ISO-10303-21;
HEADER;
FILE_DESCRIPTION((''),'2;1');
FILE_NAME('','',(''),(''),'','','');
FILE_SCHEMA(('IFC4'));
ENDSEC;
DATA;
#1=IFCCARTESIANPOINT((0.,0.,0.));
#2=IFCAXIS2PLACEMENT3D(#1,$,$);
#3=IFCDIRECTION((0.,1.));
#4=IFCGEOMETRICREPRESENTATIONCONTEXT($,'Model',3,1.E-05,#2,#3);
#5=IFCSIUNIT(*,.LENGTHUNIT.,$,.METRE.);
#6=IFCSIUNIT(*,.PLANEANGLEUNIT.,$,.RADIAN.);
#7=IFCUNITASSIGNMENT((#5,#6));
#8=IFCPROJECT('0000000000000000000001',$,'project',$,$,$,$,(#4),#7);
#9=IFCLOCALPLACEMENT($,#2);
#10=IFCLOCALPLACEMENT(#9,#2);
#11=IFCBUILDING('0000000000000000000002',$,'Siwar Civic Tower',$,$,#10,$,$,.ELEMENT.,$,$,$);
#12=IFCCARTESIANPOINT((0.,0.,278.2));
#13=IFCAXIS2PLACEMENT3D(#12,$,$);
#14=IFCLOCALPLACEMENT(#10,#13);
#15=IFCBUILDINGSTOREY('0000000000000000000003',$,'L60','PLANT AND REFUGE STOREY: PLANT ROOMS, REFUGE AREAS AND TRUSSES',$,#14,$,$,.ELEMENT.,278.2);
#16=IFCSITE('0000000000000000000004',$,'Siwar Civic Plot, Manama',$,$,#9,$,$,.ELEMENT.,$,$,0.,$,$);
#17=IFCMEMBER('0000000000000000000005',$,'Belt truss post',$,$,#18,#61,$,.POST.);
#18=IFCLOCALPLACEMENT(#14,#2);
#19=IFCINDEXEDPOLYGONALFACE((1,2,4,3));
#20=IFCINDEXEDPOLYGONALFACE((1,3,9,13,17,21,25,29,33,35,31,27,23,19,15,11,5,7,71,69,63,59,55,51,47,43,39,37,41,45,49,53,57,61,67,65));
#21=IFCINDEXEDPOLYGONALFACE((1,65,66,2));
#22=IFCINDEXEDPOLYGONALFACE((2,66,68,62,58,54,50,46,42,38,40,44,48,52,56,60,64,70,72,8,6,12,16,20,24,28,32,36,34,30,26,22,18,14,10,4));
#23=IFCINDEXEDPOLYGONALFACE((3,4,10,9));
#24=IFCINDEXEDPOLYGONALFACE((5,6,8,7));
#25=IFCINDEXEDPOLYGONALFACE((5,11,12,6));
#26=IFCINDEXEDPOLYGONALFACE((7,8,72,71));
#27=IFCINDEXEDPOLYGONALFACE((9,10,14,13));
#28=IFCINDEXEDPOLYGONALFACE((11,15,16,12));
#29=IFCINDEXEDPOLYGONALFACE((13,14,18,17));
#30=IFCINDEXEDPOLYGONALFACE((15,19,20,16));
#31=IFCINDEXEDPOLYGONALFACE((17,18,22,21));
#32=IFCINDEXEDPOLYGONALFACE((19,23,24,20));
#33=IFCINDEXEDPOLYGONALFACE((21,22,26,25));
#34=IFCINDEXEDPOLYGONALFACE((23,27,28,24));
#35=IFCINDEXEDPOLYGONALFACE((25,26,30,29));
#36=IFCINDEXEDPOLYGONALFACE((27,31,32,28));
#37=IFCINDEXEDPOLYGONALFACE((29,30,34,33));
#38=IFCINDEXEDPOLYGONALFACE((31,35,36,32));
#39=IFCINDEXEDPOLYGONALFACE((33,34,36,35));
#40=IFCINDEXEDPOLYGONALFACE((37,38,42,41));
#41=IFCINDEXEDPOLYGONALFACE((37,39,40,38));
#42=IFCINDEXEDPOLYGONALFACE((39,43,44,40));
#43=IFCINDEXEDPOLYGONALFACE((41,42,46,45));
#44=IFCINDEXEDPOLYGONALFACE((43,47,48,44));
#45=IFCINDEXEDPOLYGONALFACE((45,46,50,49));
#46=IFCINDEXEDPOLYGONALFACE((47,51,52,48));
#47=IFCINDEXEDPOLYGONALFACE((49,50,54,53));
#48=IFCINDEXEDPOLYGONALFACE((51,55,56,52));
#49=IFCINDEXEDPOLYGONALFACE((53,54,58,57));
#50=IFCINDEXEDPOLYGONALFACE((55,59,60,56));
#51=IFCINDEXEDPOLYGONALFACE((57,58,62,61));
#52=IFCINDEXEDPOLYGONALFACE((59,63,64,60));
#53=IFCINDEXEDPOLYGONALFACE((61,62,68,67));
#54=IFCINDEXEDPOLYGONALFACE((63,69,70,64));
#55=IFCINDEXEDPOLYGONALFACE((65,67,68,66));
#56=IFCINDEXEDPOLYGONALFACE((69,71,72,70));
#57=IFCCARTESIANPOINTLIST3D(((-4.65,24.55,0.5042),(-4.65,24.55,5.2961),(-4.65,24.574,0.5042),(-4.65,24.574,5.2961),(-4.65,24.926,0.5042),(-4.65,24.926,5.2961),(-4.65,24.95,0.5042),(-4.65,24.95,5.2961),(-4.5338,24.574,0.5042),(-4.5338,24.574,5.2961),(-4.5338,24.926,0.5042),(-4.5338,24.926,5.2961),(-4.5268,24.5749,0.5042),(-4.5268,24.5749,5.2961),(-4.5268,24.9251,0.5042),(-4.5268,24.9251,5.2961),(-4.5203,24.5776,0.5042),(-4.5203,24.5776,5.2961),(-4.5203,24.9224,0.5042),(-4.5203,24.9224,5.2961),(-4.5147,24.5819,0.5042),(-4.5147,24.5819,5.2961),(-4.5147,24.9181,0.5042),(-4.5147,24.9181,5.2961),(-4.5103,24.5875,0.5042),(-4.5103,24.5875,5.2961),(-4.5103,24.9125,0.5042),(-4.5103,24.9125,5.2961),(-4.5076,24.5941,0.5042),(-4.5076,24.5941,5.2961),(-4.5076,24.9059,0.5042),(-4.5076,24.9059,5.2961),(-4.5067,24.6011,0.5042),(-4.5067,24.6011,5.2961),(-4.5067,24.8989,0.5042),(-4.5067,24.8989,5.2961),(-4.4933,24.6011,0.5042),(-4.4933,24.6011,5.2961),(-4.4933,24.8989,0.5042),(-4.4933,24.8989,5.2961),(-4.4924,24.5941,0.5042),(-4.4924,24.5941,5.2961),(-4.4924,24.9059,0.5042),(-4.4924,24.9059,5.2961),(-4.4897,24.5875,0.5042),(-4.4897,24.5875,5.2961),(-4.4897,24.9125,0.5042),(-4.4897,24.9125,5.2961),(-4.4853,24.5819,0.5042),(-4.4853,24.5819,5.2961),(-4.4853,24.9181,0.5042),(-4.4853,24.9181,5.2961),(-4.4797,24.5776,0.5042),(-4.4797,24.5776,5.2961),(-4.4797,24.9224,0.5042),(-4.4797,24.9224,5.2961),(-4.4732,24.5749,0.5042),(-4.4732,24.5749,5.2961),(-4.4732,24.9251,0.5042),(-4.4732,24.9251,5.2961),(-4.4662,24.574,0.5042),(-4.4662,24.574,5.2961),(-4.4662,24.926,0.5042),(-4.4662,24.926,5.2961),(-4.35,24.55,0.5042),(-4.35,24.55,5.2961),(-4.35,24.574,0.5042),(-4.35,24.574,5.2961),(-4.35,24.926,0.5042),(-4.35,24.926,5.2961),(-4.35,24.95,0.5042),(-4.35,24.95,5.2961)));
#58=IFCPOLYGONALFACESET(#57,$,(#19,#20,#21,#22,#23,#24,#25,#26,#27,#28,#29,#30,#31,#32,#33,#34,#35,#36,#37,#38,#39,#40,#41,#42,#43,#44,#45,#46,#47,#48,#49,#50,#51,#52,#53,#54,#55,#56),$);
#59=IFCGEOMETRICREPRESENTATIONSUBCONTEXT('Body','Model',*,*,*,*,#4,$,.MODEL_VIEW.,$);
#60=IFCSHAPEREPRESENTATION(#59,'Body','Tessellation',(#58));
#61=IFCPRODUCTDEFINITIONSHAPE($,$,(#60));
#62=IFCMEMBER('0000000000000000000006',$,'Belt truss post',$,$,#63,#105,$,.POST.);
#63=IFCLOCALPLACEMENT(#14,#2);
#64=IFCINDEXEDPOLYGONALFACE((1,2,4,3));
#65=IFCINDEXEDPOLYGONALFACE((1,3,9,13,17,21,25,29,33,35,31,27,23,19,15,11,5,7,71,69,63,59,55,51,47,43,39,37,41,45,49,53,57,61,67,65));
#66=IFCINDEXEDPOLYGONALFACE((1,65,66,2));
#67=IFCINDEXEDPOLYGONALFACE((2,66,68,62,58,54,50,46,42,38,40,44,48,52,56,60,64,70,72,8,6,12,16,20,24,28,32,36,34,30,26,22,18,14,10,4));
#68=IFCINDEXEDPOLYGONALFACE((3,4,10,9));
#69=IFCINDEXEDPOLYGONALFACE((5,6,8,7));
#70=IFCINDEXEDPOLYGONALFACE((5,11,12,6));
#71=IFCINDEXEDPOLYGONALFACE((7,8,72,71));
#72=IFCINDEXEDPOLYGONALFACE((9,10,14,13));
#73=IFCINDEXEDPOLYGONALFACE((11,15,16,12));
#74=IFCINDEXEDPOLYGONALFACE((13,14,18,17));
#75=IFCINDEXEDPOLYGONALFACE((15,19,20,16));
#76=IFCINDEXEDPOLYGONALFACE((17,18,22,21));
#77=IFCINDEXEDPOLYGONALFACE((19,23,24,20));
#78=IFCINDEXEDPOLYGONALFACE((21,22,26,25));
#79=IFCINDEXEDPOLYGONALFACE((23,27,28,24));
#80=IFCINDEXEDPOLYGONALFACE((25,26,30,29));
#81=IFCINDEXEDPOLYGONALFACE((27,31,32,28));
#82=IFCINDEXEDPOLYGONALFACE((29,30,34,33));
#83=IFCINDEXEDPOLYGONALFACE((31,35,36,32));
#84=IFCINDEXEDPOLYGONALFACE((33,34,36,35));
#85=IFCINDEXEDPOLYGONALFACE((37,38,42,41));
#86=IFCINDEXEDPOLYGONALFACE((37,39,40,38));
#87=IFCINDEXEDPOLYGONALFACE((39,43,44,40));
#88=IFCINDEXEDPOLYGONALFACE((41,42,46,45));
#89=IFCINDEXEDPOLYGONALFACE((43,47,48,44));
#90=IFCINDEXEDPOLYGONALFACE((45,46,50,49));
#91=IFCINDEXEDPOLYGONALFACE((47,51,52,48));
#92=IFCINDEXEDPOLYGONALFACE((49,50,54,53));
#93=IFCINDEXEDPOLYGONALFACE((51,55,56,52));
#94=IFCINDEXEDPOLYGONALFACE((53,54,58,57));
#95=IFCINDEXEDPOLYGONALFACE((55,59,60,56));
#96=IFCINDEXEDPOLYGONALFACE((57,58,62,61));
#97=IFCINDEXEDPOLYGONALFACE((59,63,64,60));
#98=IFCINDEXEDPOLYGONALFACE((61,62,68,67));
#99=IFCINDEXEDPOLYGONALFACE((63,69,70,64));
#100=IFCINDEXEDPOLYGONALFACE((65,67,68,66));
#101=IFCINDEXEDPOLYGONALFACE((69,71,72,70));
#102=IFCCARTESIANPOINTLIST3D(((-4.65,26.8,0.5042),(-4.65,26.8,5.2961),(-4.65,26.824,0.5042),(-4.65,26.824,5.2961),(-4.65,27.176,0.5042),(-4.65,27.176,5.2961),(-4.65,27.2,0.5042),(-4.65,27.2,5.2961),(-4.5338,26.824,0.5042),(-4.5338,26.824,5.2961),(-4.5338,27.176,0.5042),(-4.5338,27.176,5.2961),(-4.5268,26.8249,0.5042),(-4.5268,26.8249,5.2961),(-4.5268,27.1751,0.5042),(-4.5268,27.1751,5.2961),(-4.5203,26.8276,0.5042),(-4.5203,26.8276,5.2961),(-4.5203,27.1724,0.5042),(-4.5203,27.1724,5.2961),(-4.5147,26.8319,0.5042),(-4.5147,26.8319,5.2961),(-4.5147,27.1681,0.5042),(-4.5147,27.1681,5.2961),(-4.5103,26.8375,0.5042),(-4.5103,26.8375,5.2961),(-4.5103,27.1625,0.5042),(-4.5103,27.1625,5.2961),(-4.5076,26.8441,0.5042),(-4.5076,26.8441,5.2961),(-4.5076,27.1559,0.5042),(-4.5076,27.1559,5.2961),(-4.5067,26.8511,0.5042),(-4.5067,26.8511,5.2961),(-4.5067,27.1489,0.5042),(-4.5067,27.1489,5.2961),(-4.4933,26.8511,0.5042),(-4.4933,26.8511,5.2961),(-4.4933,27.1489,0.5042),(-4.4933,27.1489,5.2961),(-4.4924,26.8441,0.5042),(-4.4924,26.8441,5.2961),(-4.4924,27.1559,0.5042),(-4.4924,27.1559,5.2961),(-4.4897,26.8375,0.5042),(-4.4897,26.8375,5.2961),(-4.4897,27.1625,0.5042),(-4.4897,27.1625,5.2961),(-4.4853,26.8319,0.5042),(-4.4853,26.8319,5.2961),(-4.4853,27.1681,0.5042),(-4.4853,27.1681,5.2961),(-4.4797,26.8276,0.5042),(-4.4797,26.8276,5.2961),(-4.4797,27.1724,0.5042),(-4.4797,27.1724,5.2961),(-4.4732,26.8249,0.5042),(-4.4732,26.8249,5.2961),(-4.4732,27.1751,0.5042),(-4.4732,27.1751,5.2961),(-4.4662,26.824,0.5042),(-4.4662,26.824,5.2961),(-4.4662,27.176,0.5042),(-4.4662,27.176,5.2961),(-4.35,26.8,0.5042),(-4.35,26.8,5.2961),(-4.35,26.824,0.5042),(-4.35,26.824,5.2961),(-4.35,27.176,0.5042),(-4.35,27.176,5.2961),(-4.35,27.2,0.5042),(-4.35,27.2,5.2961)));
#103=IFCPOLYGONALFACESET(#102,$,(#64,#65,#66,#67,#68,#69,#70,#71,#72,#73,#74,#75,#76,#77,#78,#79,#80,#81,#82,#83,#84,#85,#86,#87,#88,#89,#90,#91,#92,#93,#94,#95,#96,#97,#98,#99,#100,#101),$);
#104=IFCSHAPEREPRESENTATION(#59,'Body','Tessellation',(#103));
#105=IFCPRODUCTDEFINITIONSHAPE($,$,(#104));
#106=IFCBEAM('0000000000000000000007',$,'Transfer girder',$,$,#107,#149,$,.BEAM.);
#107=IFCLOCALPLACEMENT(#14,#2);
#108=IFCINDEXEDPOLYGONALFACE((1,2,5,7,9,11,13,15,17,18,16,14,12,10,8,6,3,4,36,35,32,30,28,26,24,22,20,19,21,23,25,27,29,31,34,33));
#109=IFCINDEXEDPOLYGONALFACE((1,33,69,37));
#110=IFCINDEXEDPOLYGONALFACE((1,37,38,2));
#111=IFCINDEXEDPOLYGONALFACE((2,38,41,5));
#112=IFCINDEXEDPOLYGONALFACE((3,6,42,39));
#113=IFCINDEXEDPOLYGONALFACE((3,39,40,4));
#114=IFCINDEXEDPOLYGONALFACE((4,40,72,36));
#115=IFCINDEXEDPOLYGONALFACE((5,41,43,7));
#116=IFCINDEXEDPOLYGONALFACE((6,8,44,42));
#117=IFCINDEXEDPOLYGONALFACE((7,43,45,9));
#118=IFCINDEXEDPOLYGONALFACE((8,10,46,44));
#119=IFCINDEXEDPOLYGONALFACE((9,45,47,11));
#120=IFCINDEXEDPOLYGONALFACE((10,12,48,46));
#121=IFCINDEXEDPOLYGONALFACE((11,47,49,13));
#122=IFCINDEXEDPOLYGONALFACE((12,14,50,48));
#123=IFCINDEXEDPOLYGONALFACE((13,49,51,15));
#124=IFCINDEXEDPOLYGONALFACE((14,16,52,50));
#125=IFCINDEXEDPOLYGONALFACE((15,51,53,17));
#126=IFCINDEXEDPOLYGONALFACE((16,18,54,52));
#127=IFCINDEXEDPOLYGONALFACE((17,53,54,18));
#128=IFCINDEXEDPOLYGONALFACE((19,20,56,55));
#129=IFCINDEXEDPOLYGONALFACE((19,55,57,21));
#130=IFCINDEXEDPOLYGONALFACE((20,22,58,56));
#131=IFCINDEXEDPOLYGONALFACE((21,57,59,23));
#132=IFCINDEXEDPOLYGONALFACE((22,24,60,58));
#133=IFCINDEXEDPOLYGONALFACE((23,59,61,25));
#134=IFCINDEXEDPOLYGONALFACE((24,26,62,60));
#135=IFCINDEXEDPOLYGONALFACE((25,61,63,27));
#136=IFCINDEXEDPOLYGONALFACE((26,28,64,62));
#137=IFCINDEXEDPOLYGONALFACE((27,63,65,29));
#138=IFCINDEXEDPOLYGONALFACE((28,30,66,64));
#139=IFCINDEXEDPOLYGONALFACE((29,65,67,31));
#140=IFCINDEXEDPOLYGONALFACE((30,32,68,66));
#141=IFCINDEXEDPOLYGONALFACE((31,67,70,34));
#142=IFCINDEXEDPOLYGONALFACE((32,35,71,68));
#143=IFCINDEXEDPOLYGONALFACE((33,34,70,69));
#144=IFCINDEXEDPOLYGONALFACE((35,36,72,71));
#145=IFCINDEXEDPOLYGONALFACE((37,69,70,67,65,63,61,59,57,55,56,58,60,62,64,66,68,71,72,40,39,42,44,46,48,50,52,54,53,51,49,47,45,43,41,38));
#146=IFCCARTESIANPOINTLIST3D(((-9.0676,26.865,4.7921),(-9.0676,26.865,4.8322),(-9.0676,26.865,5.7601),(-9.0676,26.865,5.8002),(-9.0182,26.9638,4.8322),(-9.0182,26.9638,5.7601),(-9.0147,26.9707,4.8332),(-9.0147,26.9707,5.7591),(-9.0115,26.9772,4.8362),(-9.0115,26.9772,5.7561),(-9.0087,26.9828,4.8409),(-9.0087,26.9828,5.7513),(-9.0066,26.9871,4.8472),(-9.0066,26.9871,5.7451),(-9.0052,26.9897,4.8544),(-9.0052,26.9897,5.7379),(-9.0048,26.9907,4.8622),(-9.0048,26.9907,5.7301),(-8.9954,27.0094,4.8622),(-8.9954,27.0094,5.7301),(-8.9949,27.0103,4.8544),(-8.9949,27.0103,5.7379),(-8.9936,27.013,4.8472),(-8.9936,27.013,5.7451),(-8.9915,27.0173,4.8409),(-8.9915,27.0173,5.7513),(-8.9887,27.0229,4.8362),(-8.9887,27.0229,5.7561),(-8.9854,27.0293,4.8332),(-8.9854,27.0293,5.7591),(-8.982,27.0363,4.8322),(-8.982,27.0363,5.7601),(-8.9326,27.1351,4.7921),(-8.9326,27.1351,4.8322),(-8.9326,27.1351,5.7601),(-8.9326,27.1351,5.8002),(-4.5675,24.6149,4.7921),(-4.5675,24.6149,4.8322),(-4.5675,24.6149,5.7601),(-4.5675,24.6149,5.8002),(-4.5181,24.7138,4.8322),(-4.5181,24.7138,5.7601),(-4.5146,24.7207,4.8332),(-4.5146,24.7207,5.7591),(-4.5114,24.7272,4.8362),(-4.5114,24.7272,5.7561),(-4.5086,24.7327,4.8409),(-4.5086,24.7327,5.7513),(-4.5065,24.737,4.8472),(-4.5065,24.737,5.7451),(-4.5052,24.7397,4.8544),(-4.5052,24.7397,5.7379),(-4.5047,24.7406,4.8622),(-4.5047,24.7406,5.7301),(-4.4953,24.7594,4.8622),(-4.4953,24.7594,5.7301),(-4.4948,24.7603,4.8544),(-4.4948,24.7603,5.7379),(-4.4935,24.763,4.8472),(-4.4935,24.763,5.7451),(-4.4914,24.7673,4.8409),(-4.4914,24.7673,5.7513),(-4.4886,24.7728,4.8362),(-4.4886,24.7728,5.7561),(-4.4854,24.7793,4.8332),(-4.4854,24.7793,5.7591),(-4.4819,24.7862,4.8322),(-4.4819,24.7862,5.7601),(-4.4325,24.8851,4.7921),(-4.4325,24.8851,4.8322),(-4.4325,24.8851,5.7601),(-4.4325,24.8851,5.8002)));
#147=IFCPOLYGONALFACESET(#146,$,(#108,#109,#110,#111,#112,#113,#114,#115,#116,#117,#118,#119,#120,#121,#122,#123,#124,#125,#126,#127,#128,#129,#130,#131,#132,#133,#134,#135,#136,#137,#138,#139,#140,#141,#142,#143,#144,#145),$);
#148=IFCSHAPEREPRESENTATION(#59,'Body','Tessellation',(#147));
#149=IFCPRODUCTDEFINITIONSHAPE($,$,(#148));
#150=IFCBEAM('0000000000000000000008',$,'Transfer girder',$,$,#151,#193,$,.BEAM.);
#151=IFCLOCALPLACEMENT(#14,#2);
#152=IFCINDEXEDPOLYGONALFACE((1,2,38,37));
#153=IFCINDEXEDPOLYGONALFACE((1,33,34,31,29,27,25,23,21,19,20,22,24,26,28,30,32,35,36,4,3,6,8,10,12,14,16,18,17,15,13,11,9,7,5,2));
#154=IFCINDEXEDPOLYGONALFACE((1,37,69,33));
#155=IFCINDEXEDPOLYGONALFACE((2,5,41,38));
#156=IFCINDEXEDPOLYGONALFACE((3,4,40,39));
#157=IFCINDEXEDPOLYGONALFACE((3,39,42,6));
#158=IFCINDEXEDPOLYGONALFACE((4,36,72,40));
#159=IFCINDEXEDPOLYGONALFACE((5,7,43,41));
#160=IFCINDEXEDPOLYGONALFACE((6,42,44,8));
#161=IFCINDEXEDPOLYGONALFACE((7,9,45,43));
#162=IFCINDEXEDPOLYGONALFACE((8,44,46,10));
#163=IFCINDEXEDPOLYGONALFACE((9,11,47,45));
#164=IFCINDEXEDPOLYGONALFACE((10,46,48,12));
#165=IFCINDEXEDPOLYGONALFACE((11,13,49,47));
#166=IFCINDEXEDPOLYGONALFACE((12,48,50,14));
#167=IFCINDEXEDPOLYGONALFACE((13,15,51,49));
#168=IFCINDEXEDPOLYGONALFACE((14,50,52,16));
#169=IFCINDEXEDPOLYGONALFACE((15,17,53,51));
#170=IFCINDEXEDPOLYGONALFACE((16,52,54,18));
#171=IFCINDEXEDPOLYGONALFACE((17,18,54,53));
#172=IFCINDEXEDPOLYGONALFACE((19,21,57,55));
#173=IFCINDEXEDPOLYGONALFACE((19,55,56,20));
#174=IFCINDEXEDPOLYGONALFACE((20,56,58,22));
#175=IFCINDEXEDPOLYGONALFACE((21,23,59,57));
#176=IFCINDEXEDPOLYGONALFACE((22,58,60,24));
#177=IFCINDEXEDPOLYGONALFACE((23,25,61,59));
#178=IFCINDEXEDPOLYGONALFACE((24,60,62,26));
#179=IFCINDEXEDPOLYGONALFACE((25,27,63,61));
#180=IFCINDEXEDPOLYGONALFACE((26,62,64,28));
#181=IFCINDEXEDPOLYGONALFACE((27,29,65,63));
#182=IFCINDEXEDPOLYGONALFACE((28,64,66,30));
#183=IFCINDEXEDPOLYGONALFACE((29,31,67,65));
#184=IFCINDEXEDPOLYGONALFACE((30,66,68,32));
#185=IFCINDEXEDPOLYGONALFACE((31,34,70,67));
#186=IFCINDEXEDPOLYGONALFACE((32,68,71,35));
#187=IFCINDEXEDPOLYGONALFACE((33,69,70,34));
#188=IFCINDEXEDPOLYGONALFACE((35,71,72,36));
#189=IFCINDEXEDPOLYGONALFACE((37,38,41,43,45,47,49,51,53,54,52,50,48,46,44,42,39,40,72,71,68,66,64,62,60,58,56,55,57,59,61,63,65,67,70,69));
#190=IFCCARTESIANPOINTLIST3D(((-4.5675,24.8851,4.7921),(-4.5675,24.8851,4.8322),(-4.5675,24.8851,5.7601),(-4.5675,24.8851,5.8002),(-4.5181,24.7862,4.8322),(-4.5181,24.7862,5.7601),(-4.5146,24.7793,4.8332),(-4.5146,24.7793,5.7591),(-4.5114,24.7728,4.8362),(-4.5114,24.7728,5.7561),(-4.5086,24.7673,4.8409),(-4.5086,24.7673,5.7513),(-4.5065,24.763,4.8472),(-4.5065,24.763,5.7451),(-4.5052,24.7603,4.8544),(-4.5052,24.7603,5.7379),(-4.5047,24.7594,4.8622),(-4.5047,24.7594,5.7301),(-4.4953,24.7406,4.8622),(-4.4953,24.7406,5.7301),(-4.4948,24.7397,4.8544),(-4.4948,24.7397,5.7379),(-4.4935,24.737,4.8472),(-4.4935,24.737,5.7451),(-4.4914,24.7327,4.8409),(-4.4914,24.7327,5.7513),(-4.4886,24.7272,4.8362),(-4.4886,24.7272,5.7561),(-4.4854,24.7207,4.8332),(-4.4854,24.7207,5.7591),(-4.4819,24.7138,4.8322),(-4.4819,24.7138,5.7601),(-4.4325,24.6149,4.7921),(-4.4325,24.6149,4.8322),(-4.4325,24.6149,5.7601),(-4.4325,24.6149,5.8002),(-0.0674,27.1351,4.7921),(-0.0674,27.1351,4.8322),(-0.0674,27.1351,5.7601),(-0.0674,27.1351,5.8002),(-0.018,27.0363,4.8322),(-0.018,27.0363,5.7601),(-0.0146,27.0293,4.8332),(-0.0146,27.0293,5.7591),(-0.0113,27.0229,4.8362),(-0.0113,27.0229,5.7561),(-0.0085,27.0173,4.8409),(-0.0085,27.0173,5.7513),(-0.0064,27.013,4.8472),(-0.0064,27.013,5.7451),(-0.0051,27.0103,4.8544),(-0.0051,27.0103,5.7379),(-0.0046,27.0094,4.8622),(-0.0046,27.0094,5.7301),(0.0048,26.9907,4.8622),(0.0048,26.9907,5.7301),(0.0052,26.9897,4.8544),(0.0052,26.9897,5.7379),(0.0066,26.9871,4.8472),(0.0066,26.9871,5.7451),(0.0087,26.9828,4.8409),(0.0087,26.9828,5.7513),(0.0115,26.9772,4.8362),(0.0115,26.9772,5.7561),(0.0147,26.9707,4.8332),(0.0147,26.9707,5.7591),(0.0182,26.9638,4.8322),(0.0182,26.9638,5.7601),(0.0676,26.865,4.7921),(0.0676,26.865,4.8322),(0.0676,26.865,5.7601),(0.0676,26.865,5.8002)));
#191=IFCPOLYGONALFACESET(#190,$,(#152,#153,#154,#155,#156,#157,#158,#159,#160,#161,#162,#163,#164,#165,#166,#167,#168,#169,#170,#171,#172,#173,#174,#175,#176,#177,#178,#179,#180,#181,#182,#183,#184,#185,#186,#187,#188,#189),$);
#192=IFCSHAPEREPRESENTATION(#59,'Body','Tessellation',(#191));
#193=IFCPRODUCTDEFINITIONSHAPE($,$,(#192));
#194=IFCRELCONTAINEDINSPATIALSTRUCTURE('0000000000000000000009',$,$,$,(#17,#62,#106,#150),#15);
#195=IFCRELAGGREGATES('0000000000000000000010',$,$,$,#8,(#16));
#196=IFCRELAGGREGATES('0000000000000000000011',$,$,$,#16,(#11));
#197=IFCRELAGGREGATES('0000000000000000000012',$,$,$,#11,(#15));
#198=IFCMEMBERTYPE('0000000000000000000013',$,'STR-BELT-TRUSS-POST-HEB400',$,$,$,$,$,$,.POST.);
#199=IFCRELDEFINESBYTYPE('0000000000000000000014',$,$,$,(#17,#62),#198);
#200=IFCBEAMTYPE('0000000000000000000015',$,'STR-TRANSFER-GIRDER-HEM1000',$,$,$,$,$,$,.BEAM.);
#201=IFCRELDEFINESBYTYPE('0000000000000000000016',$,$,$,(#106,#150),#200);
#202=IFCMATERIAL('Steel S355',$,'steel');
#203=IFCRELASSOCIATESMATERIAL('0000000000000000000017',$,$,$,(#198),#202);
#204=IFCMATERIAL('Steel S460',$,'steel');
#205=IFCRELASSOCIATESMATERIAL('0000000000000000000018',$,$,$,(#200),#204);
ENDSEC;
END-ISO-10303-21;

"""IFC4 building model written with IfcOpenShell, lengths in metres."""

from ifc_helpers import new_model, si_unit, direction, frame, origin, origin_2d, place, context, subcontext, project, spatial, i_section, extrude, material, material_profile, profile_set, type_object, element, save


model = new_model("IFC4")

# Units and contexts
model_context = context("Model", 3, precision=1e-05, world=origin(), true_north=direction((0.0, 1.0)))
body_context = subcontext(model_context, "Body", "Model", "MODEL_VIEW")
ifc_project = project(units=[si_unit("LENGTHUNIT", "METRE"), si_unit("PLANEANGLEUNIT", "RADIAN")], contexts=[model_context])

# Site, building, storey
site_placement = place(None, origin())
site = spatial("IfcSite", under=ifc_project, at=site_placement, Name="Siwar Civic Plot, Manama", CompositionType="ELEMENT", RefElevation=0.0)
building_placement = place(site_placement, origin())
building = spatial("IfcBuilding", under=site, at=building_placement, Name="Siwar Civic Tower", CompositionType="ELEMENT")
storey_placement = place(building_placement, frame((0.0, 0.0, 278.2)))
storey = spatial("IfcBuildingStorey", under=building, at=storey_placement, Name="L60", Description="PLANT AND REFUGE STOREY: PLANT ROOMS, REFUGE AREAS AND TRUSSES", CompositionType="ELEMENT", Elevation=278.2)

# Members
ifc_material_1 = material(Name="Steel S355", Category="steel")
ifc_material_profile_1 = material_profile(ifc_material_1, i_section(OverallWidth=0.3, OverallDepth=0.3999, WebThickness=0.0134, FlangeThickness=0.0239, FilletRadius=0.0271, at=origin_2d()), Name="HEB400")
ifc_profile_set_1 = profile_set([ifc_material_profile_1], Name="Steel S355")
member_type_1 = type_object("IfcMemberType", Name="STR-BELT-TRUSS-POST-HEB400", PredefinedType="POST", material=ifc_profile_set_1)
for number, where, z_axis, x_axis, name in (
    (1, (-4.5, 24.75, 0.5042), (0.0, 0.0, 1.0), (1.0, 0.0, 0.0), "Belt truss post"),
    (2, (-4.5, 27.0, 0.5042), (0.0, 0.0, 1.0), (1.0, 0.0, 0.0), "Belt truss post"),
):
    element("IfcMember", number, at=place(storey_placement, frame(where, z_axis=z_axis, x_axis=x_axis)), inside=storey, type_object=member_type_1, Name=name, PredefinedType="POST", context=body_context, shape_type="SweptSolid", body=[
        extrude(i_section(OverallWidth=0.3, OverallDepth=0.3999, WebThickness=0.0134, FlangeThickness=0.0239, FilletRadius=0.0271, at=origin_2d()), origin(), (0.0, 0.0, 1.0), 4.792),
    ])

# Beams
ifc_material_2 = material(Name="Steel S460", Category="steel")
ifc_material_profile_2 = material_profile(ifc_material_2, i_section(OverallWidth=0.302, OverallDepth=1.0081, WebThickness=0.021, FlangeThickness=0.04, FilletRadius=0.03, at=origin_2d()), Name="HEM1000")
ifc_profile_set_2 = profile_set([ifc_material_profile_2], Name="Steel S460")
beam_type_1 = type_object("IfcBeamType", Name="STR-TRANSFER-GIRDER-HEM1000", PredefinedType="BEAM", material=ifc_profile_set_2)
for number, where, z_axis, x_axis, name in (
    (3, (-4.5, 24.75, 5.2961), (-0.894427, 0.447214, 0.0), (-0.447214, -0.894427, 0.0), "Transfer girder"),
    (4, (-4.5, 24.75, 5.2961), (0.894427, 0.447214, 0.0), (-0.447214, 0.894427, 0.0), "Transfer girder"),
):
    element("IfcBeam", number, at=place(storey_placement, frame(where, z_axis=z_axis, x_axis=x_axis)), inside=storey, type_object=beam_type_1, Name=name, PredefinedType="BEAM", context=body_context, shape_type="SweptSolid", body=[
        extrude(i_section(OverallWidth=0.302, OverallDepth=1.0081, WebThickness=0.021, FlangeThickness=0.04, FilletRadius=0.03, at=origin_2d()), origin(), (0.0, 0.0, 1.0), 5.0312),
    ])

save(model, "model.ifc")
